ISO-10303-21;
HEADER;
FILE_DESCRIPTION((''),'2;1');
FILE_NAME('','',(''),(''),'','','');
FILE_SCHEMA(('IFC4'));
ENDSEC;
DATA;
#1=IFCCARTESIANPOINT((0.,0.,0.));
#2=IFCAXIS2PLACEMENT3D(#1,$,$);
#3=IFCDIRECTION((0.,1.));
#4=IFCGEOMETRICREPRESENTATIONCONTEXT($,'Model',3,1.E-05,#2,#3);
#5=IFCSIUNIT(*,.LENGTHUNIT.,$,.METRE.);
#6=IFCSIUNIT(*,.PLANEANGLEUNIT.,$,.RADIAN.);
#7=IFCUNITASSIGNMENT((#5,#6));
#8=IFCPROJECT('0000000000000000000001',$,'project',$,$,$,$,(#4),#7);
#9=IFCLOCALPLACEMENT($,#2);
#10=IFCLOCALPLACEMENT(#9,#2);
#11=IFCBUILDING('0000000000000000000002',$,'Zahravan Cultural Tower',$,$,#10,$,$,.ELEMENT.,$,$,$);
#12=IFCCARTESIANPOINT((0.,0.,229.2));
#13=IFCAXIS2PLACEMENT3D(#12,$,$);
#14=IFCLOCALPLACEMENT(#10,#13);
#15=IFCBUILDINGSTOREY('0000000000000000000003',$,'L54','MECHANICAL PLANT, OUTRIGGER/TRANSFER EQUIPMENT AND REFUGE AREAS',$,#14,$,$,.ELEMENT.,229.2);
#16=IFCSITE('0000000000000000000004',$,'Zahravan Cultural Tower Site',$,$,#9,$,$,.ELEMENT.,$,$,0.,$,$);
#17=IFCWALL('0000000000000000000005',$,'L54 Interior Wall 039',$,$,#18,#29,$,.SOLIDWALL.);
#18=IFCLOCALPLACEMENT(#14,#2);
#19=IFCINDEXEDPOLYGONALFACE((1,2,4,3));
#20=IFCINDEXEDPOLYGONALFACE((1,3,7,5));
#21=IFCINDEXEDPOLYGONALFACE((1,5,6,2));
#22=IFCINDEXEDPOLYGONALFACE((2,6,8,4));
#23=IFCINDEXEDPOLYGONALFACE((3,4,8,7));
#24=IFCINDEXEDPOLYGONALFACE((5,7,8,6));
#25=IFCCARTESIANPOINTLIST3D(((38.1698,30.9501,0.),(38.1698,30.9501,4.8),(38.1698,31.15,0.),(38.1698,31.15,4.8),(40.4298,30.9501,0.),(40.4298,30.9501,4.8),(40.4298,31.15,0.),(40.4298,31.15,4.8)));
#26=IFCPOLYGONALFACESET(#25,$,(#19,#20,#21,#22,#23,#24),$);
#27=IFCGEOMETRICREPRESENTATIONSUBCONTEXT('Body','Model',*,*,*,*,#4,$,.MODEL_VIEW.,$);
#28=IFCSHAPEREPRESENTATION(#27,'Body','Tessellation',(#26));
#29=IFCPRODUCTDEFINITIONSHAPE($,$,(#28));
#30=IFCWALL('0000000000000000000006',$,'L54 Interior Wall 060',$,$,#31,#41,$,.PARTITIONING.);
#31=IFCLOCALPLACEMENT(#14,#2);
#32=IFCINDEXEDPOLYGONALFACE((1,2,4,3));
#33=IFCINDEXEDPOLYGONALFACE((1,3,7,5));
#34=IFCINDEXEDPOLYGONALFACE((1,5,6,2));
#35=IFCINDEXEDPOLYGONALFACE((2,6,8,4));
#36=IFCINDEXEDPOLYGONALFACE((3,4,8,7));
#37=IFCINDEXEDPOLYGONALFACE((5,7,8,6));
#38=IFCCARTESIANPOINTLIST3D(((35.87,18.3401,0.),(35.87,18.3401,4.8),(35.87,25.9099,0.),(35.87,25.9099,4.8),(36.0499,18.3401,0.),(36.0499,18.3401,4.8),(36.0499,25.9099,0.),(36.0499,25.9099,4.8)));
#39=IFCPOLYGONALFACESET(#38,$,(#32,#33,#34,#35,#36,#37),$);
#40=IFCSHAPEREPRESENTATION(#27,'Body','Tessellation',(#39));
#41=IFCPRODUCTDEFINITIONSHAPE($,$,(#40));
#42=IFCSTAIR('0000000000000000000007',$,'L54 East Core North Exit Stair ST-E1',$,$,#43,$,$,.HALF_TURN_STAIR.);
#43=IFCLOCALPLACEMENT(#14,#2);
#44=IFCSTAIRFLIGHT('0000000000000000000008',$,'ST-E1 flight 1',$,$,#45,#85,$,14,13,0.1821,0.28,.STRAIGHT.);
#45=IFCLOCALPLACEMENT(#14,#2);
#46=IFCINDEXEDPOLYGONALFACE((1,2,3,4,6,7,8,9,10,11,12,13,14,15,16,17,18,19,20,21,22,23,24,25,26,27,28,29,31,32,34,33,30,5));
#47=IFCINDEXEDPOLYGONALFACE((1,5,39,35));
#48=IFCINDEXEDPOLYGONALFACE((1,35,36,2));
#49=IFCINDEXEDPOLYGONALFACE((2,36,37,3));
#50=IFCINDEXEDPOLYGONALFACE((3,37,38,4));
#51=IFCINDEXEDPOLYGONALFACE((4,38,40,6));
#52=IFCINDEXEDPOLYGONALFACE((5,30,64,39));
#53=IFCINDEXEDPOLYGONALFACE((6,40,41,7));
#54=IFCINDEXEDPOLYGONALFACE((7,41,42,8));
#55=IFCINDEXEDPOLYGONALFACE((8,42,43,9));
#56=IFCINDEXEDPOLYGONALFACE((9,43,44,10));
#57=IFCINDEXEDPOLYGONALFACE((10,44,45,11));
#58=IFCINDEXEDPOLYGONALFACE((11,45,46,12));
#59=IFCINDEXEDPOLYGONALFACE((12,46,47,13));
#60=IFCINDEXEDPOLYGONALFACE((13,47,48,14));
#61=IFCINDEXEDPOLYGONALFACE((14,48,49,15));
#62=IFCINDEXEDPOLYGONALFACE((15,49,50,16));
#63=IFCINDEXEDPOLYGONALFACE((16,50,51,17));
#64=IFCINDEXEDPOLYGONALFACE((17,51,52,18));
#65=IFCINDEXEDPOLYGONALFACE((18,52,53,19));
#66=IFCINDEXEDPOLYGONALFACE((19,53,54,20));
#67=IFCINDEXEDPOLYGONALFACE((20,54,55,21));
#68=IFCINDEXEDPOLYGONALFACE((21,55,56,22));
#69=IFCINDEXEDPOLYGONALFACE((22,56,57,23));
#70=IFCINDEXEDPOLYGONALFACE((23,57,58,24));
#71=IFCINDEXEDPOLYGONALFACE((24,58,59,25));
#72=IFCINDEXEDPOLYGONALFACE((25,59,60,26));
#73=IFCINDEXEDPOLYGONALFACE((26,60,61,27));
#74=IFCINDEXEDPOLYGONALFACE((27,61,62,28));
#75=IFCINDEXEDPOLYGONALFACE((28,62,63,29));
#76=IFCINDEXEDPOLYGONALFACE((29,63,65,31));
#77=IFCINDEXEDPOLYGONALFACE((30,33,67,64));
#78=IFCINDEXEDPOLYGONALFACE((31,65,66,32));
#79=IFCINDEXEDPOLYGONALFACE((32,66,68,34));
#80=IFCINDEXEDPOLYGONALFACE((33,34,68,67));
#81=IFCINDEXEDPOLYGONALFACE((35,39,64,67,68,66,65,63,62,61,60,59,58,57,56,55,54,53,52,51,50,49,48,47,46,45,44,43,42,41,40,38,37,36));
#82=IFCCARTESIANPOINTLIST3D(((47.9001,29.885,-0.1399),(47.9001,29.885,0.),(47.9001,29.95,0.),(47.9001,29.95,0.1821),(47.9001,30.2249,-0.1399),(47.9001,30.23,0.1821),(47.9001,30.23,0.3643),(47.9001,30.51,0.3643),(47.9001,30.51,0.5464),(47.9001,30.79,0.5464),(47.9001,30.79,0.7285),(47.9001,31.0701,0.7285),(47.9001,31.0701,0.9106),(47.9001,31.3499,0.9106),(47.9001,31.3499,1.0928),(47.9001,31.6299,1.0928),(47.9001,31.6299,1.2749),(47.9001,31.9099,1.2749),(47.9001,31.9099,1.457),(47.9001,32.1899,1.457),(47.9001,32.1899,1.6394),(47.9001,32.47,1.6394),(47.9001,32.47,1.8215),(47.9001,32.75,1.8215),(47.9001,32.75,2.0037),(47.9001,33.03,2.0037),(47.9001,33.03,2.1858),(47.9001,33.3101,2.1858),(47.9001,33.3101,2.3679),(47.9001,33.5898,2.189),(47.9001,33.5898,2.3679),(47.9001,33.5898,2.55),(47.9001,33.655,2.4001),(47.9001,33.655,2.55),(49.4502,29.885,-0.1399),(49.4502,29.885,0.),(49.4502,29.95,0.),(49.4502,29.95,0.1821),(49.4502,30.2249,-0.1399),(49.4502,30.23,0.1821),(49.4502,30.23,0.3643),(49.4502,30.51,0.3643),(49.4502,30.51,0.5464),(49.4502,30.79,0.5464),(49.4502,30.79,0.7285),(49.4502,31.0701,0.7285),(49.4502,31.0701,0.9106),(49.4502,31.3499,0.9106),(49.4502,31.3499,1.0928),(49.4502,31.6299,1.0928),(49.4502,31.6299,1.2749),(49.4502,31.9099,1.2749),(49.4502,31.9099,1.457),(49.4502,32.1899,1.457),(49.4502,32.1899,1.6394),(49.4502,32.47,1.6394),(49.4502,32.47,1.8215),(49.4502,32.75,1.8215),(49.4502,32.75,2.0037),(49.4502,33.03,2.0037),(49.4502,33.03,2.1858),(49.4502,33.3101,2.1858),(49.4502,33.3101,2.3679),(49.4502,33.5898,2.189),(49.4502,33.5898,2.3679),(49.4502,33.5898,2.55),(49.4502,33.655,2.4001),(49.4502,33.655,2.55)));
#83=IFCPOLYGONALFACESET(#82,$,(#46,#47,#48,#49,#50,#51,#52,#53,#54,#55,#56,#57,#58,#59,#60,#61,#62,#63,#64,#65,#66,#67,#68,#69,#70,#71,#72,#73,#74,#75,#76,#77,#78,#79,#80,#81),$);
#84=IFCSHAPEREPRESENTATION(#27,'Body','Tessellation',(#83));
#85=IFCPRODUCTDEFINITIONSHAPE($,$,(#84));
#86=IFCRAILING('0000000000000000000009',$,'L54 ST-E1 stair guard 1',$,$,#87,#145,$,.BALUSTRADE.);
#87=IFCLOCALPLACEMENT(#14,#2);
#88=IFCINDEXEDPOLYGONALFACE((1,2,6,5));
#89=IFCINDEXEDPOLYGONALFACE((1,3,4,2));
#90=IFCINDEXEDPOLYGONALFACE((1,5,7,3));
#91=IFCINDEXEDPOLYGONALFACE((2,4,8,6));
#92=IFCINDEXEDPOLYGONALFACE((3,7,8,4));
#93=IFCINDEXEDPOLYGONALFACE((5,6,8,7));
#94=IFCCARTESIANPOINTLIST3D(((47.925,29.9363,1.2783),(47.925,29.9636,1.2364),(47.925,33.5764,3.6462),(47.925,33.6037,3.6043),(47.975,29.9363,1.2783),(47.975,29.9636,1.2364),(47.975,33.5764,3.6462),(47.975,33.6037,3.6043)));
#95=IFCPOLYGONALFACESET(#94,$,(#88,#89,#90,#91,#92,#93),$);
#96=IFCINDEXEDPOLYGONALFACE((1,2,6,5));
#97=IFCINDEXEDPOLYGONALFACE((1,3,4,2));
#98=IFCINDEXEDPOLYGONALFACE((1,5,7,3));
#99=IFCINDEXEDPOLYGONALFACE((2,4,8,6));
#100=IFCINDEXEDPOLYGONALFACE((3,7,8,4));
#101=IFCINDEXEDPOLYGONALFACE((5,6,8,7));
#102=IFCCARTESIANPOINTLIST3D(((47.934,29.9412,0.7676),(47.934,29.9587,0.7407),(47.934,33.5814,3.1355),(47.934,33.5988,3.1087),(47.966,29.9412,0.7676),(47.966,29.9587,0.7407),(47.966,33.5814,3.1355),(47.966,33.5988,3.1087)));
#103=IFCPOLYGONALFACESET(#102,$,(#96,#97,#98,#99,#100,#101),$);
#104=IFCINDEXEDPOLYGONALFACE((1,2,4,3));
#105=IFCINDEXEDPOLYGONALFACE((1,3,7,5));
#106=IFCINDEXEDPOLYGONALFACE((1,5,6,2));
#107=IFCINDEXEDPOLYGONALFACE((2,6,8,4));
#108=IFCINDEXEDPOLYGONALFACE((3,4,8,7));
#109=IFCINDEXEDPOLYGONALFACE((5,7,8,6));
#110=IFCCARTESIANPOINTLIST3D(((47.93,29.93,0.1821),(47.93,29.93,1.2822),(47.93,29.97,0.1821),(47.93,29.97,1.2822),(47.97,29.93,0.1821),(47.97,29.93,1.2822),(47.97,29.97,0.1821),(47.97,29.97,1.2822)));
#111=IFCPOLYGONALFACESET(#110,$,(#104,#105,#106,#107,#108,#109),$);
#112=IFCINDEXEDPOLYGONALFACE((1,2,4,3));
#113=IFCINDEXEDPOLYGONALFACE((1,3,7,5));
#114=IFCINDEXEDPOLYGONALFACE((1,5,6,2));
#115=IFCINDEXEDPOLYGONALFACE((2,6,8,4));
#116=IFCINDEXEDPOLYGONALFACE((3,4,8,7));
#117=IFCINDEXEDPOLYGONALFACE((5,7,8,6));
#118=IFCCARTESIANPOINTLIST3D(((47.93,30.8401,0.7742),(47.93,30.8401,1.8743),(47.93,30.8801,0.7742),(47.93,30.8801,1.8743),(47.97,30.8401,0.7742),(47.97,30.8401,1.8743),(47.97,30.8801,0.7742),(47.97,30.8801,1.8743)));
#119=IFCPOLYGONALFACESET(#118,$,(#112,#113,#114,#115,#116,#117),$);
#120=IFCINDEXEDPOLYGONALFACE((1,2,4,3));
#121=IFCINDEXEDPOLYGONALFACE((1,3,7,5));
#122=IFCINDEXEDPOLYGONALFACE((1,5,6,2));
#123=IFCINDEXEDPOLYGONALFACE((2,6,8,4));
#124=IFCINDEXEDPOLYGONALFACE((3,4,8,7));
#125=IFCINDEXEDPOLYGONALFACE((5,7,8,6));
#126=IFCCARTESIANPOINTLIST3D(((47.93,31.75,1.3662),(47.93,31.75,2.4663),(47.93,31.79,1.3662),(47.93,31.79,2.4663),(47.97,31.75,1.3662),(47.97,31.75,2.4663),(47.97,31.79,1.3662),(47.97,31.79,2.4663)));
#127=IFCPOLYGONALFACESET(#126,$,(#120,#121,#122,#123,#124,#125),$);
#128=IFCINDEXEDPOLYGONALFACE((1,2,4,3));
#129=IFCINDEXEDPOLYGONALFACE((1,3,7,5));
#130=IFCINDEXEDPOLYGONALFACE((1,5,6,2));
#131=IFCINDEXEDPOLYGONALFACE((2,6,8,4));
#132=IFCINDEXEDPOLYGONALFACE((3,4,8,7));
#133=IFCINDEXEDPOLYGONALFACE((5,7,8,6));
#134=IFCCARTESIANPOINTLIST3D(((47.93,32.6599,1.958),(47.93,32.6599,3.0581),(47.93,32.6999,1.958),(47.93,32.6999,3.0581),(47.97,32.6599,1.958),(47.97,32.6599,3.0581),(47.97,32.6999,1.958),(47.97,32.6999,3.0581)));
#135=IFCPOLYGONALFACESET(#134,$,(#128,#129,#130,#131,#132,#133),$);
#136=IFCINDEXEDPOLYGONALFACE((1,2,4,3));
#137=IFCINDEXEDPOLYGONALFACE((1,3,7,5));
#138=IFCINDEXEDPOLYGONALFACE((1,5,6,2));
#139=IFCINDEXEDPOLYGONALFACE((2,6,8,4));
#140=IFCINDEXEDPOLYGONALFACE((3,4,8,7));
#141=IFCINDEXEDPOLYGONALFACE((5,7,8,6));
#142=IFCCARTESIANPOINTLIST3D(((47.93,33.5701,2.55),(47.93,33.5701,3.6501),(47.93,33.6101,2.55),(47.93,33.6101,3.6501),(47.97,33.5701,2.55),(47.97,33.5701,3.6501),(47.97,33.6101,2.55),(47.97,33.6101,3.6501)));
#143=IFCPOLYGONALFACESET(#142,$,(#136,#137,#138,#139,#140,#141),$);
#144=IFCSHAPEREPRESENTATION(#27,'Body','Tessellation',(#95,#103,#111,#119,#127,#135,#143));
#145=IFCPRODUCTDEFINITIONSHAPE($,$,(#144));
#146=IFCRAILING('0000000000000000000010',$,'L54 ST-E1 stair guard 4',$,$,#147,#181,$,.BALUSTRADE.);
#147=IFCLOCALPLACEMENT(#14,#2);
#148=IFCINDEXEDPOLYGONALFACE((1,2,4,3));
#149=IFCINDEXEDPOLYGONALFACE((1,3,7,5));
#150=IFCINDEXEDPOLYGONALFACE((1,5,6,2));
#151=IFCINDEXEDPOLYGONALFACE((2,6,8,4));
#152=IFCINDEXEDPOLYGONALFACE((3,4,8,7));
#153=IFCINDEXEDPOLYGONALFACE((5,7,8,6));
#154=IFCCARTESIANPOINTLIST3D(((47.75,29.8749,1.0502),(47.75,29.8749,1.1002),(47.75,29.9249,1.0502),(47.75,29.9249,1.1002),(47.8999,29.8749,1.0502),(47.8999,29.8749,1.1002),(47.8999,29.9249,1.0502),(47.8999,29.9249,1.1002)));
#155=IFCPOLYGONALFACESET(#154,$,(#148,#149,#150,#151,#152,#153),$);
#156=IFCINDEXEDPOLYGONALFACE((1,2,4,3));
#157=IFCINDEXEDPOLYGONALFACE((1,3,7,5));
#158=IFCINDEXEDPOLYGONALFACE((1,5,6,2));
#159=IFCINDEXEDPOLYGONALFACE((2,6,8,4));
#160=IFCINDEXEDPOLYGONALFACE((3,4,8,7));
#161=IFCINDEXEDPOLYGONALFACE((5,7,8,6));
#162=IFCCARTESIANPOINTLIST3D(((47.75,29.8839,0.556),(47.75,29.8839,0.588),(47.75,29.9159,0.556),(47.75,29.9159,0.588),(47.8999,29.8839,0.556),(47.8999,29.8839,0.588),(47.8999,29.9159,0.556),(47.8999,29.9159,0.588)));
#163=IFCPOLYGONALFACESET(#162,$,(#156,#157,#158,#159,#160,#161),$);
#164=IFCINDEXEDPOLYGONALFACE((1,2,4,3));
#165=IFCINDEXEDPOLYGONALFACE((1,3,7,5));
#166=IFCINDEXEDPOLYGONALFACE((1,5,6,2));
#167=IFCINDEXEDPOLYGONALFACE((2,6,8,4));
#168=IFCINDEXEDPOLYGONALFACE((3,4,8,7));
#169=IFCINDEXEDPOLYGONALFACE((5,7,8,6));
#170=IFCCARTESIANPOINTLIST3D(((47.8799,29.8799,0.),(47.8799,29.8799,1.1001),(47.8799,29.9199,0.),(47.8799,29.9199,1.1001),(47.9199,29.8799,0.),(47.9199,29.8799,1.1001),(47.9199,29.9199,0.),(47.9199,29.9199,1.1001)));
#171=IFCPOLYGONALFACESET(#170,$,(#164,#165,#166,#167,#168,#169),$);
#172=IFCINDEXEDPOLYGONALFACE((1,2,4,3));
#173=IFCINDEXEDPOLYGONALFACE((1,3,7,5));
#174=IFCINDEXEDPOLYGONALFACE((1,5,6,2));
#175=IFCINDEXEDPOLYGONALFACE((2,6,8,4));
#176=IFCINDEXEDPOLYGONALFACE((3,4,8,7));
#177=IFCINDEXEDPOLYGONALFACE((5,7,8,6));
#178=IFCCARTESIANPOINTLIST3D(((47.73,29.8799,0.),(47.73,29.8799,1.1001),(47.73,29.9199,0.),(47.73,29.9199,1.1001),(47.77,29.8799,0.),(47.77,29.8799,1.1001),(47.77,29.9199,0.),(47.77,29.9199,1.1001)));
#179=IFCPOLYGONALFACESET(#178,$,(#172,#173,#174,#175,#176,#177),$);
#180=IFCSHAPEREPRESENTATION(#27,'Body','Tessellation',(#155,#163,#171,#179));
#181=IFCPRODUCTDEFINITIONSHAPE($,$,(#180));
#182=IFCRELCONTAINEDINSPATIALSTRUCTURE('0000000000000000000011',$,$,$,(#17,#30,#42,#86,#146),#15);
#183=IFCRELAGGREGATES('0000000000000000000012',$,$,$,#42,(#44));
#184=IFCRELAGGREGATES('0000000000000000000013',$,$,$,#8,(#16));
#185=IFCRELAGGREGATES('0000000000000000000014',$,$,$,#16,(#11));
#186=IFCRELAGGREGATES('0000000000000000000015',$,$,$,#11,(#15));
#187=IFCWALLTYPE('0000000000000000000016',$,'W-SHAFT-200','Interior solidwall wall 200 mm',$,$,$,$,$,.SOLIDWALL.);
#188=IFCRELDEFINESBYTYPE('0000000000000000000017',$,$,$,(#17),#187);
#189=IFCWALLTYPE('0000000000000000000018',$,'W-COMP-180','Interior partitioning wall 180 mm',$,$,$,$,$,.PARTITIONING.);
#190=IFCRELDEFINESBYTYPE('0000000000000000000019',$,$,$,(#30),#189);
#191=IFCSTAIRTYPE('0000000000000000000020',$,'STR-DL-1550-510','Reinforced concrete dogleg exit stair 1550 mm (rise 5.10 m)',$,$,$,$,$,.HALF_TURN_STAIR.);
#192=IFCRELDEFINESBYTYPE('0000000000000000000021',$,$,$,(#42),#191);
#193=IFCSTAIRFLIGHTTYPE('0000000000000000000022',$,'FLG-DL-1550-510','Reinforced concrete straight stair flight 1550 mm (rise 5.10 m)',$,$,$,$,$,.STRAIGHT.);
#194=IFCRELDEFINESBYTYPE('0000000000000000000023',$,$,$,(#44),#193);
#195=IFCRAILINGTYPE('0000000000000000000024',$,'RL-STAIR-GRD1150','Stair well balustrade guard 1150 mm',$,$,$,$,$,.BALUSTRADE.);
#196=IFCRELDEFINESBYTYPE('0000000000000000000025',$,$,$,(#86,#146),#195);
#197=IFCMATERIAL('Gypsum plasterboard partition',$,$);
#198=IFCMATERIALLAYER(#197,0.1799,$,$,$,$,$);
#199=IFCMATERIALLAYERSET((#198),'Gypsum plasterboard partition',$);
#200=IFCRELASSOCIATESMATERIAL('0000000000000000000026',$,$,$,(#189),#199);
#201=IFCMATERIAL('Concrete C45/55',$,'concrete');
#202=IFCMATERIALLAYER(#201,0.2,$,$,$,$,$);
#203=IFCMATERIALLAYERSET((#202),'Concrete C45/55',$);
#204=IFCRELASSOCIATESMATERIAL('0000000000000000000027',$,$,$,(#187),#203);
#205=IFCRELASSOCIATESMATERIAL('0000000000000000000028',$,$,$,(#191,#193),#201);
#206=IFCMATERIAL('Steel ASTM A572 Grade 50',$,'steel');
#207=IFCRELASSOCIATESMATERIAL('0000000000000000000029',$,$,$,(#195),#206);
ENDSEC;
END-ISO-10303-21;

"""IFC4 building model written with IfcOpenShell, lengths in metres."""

from ifc_helpers import new_model, si_unit, direction, frame, frame_2d, origin, origin_2d, place, context, subcontext, project, spatial, polyline, rectangle, outline, extrude, source, transform, mapped, material, layer, layer_set, type_object, element, aggregate, save


model = new_model("IFC4")

# Units and contexts
model_context = context("Model", 3, precision=1e-05, world=origin(), true_north=direction((0.0, 1.0)))
body_context = subcontext(model_context, "Body", "Model", "MODEL_VIEW")
ifc_project = project(units=[si_unit("LENGTHUNIT", "METRE"), si_unit("PLANEANGLEUNIT", "RADIAN")], contexts=[model_context])

# Site, building, storey
site_placement = place(None, origin())
site = spatial("IfcSite", under=ifc_project, at=site_placement, Name="Zahravan Cultural Tower Site", CompositionType="ELEMENT", RefElevation=0.0)
building_placement = place(site_placement, origin())
building = spatial("IfcBuilding", under=site, at=building_placement, Name="Zahravan Cultural Tower", CompositionType="ELEMENT")
storey_placement = place(building_placement, frame((0.0, 0.0, 229.2)))
storey = spatial("IfcBuildingStorey", under=building, at=storey_placement, Name="L54", Description="MECHANICAL PLANT, OUTRIGGER/TRANSFER EQUIPMENT AND REFUGE AREAS", CompositionType="ELEMENT", Elevation=229.2)

# Shared definitions
ifc_material_1 = material(Name="Steel ASTM A572 Grade 50", Category="steel")
ifc_material_2 = material(Name="Gypsum plasterboard partition")
ifc_layer_1 = layer(ifc_material_2, 0.1799)
ifc_layer_set_1 = layer_set([ifc_layer_1], Name="Gypsum plasterboard partition")
wall_type_1 = type_object("IfcWallType", Name="W-COMP-180", Description="Interior partitioning wall 180 mm", PredefinedType="PARTITIONING", material=ifc_layer_set_1)
ifc_material_3 = material(Name="Concrete C45/55", Category="concrete")
ifc_layer_2 = layer(ifc_material_3, 0.2)
ifc_layer_set_2 = layer_set([ifc_layer_2], Name="Concrete C45/55")
wall_type_2 = type_object("IfcWallType", Name="W-SHAFT-200", Description="Interior solidwall wall 200 mm", PredefinedType="SOLIDWALL", material=ifc_layer_set_2)

# Walls
shared_shape_1 = source(origin(), body_context, "Body", "SweptSolid", [
    extrude(rectangle(XDim=2.26, YDim=0.2, at=frame_2d((1.1299, 0.0))), origin(), (0.0, 0.0, 1.0), 4.8),
])
for number, where, z_axis, x_axis, name in (
    (1, (38.1699, 31.05, 0.0), (0.0, 0.0, 1.0), (1.0, 0.0, 0.0), "L54 Interior Wall 039"),
):
    element("IfcWall", number, at=place(storey_placement, frame(where, z_axis=z_axis, x_axis=x_axis)), inside=storey, type_object=wall_type_2, Name=name, PredefinedType="SOLIDWALL", context=body_context, shape_type="MappedRepresentation", body=[
        mapped(shared_shape_1, transform((0.0, 0.0, 0.0), x_axis=(1.0, 0.0, 0.0), y_axis=(0.0, 1.0, 0.0), z_axis=(0.0, 0.0, 1.0), scale=1.0)),
    ])
shared_shape_2 = source(origin(), body_context, "Body", "SweptSolid", [
    extrude(rectangle(XDim=7.5698, YDim=0.1799, at=frame_2d((3.7849, 0.0))), origin(), (0.0, 0.0, 1.0), 4.8),
])
wall_1_placement = place(storey_placement, frame((35.96, 25.9099, 0.0), z_axis=(0.0, 0.0, 1.0), x_axis=(0.0, -1.0, 0.0)))
element("IfcWall", 2, at=wall_1_placement, inside=storey, type_object=wall_type_1, Name="L54 Interior Wall 060", PredefinedType="PARTITIONING", context=body_context, shape_type="MappedRepresentation", body=[
    mapped(shared_shape_2, transform((0.0, 0.0, 0.0), x_axis=(1.0, 0.0, 0.0), y_axis=(0.0, 1.0, 0.0), z_axis=(0.0, 0.0, 1.0), scale=1.0)),
])

# Stair, stair flight
stair_type = type_object("IfcStairType", Name="STR-DL-1550-510", Description="Reinforced concrete dogleg exit stair 1550 mm (rise 5.10 m)", PredefinedType="HALF_TURN_STAIR", material=ifc_material_3)
stair_placement = place(storey_placement, origin())
stair = element("IfcStair", 3, at=stair_placement, inside=storey, type_object=stair_type, Name="L54 East Core North Exit Stair ST-E1", PredefinedType="HALF_TURN_STAIR")
stair_flight_type = type_object("IfcStairFlightType", Name="FLG-DL-1550-510", Description="Reinforced concrete straight stair flight 1550 mm (rise 5.10 m)", PredefinedType="STRAIGHT", material=ifc_material_3)
stair_flight_placement = place(storey_placement, frame((48.675, 29.95, 0.0), z_axis=(0.0, 0.0, 1.0), x_axis=(0.0, 1.0, 0.0)))
stair_flight = element("IfcStairFlight", 4, at=stair_flight_placement, type_object=stair_flight_type, Name="ST-E1 flight 1", NumberOfRisers=14, NumberOfTreads=13, PredefinedType="STRAIGHT", RiserHeight=0.1821, TreadLength=0.28, context=body_context, shape_type="SweptSolid", body=[
    extrude(outline(polyline([(-0.0649, -0.1399), (-0.0649, 0.0), (0.0, 0.0), (0.0, 0.1821), (0.28, 0.1821), (0.28, 0.3643), (0.5601, 0.3643), (0.5601, 0.5464), (0.8401, 0.5464), (0.8401, 0.7285), (1.1201, 0.7285), (1.1201, 0.9106), (1.3999, 0.9106), (1.3999, 1.0928), (1.6799, 1.0928), (1.6799, 1.2749), (1.96, 1.2749), (1.96, 1.457), (2.24, 1.457), (2.24, 1.6394), (2.52, 1.6394), (2.52, 1.8215), (2.8, 1.8215), (2.8, 2.0037), (3.0801, 2.0037), (3.0801, 2.1858), (3.3601, 2.1858), (3.3601, 2.3679), (3.6399, 2.3679), (3.6399, 2.55), (3.7051, 2.55), (3.7051, 2.4001), (3.6399, 2.189), (0.2749, -0.1399), (-0.0649, -0.1399)])), frame((0.0, 0.7749, 0.0), z_axis=(0.0, -1.0, 0.0), x_axis=(1.0, 0.0, 0.0)), (0.0, 0.0, 1.0), 1.55),
])
aggregate(stair, [stair_flight])

# Railings
railing_type_1 = type_object("IfcRailingType", Name="RL-STAIR-GRD1150", Description="Stair well balustrade guard 1150 mm", PredefinedType="BALUSTRADE", material=ifc_material_1)
railing_1_placement = place(storey_placement, frame((47.95, 29.95, 0.1821)))
element("IfcRailing", 5, at=railing_1_placement, inside=storey, type_object=railing_type_1, Name="L54 ST-E1 stair guard 1", PredefinedType="BALUSTRADE", context=body_context, shape_type="SweptSolid", body=[
    extrude(rectangle(XDim=0.05, YDim=0.05, at=origin_2d()), frame((0.0, 0.0, 1.0752), z_axis=(0.0, 0.838251, 0.545285), x_axis=(-1.0, 0.0, 0.0)), (0.0, 0.0, 1.0), 4.3425),
    extrude(rectangle(XDim=0.032, YDim=0.032, at=origin_2d()), frame((0.0, 0.0, 0.572), z_axis=(0.0, 0.838251, 0.545285), x_axis=(-1.0, 0.0, 0.0)), (0.0, 0.0, 1.0), 4.3425),
    extrude(rectangle(XDim=0.04, YDim=0.04, at=origin_2d()), origin(), (0.0, 0.0, 1.0), 1.1001),
    extrude(rectangle(XDim=0.04, YDim=0.04, at=origin_2d()), frame((0.0, 0.9102, 0.592)), (0.0, 0.0, 1.0), 1.1001),
    extrude(rectangle(XDim=0.04, YDim=0.04, at=origin_2d()), frame((0.0, 1.8201, 1.1841)), (0.0, 0.0, 1.0), 1.1001),
    extrude(rectangle(XDim=0.04, YDim=0.04, at=origin_2d()), frame((0.0, 2.73, 1.7759)), (0.0, 0.0, 1.0), 1.1001),
    extrude(rectangle(XDim=0.04, YDim=0.04, at=origin_2d()), frame((0.0, 3.6401, 2.3679)), (0.0, 0.0, 1.0), 1.1001),
])
railing_2_placement = place(storey_placement, frame((47.8999, 29.8999, 0.0)))
element("IfcRailing", 6, at=railing_2_placement, inside=storey, type_object=railing_type_1, Name="L54 ST-E1 stair guard 4", PredefinedType="BALUSTRADE", context=body_context, shape_type="SweptSolid", body=[
    extrude(rectangle(XDim=0.05, YDim=0.05, at=origin_2d()), frame((0.0, 0.0, 1.0752), z_axis=(-1.0, 0.0, 0.0), x_axis=(0.0, -1.0, 0.0)), (0.0, 0.0, 1.0), 0.1499),
    extrude(rectangle(XDim=0.032, YDim=0.032, at=origin_2d()), frame((0.0, 0.0, 0.572), z_axis=(-1.0, 0.0, 0.0), x_axis=(0.0, -1.0, 0.0)), (0.0, 0.0, 1.0), 0.1499),
    extrude(rectangle(XDim=0.04, YDim=0.04, at=origin_2d()), origin(), (0.0, 0.0, 1.0), 1.1001),
    extrude(rectangle(XDim=0.04, YDim=0.04, at=origin_2d()), frame((-0.1499, 0.0, 0.0)), (0.0, 0.0, 1.0), 1.1001),
])

save(model, "model.ifc")
